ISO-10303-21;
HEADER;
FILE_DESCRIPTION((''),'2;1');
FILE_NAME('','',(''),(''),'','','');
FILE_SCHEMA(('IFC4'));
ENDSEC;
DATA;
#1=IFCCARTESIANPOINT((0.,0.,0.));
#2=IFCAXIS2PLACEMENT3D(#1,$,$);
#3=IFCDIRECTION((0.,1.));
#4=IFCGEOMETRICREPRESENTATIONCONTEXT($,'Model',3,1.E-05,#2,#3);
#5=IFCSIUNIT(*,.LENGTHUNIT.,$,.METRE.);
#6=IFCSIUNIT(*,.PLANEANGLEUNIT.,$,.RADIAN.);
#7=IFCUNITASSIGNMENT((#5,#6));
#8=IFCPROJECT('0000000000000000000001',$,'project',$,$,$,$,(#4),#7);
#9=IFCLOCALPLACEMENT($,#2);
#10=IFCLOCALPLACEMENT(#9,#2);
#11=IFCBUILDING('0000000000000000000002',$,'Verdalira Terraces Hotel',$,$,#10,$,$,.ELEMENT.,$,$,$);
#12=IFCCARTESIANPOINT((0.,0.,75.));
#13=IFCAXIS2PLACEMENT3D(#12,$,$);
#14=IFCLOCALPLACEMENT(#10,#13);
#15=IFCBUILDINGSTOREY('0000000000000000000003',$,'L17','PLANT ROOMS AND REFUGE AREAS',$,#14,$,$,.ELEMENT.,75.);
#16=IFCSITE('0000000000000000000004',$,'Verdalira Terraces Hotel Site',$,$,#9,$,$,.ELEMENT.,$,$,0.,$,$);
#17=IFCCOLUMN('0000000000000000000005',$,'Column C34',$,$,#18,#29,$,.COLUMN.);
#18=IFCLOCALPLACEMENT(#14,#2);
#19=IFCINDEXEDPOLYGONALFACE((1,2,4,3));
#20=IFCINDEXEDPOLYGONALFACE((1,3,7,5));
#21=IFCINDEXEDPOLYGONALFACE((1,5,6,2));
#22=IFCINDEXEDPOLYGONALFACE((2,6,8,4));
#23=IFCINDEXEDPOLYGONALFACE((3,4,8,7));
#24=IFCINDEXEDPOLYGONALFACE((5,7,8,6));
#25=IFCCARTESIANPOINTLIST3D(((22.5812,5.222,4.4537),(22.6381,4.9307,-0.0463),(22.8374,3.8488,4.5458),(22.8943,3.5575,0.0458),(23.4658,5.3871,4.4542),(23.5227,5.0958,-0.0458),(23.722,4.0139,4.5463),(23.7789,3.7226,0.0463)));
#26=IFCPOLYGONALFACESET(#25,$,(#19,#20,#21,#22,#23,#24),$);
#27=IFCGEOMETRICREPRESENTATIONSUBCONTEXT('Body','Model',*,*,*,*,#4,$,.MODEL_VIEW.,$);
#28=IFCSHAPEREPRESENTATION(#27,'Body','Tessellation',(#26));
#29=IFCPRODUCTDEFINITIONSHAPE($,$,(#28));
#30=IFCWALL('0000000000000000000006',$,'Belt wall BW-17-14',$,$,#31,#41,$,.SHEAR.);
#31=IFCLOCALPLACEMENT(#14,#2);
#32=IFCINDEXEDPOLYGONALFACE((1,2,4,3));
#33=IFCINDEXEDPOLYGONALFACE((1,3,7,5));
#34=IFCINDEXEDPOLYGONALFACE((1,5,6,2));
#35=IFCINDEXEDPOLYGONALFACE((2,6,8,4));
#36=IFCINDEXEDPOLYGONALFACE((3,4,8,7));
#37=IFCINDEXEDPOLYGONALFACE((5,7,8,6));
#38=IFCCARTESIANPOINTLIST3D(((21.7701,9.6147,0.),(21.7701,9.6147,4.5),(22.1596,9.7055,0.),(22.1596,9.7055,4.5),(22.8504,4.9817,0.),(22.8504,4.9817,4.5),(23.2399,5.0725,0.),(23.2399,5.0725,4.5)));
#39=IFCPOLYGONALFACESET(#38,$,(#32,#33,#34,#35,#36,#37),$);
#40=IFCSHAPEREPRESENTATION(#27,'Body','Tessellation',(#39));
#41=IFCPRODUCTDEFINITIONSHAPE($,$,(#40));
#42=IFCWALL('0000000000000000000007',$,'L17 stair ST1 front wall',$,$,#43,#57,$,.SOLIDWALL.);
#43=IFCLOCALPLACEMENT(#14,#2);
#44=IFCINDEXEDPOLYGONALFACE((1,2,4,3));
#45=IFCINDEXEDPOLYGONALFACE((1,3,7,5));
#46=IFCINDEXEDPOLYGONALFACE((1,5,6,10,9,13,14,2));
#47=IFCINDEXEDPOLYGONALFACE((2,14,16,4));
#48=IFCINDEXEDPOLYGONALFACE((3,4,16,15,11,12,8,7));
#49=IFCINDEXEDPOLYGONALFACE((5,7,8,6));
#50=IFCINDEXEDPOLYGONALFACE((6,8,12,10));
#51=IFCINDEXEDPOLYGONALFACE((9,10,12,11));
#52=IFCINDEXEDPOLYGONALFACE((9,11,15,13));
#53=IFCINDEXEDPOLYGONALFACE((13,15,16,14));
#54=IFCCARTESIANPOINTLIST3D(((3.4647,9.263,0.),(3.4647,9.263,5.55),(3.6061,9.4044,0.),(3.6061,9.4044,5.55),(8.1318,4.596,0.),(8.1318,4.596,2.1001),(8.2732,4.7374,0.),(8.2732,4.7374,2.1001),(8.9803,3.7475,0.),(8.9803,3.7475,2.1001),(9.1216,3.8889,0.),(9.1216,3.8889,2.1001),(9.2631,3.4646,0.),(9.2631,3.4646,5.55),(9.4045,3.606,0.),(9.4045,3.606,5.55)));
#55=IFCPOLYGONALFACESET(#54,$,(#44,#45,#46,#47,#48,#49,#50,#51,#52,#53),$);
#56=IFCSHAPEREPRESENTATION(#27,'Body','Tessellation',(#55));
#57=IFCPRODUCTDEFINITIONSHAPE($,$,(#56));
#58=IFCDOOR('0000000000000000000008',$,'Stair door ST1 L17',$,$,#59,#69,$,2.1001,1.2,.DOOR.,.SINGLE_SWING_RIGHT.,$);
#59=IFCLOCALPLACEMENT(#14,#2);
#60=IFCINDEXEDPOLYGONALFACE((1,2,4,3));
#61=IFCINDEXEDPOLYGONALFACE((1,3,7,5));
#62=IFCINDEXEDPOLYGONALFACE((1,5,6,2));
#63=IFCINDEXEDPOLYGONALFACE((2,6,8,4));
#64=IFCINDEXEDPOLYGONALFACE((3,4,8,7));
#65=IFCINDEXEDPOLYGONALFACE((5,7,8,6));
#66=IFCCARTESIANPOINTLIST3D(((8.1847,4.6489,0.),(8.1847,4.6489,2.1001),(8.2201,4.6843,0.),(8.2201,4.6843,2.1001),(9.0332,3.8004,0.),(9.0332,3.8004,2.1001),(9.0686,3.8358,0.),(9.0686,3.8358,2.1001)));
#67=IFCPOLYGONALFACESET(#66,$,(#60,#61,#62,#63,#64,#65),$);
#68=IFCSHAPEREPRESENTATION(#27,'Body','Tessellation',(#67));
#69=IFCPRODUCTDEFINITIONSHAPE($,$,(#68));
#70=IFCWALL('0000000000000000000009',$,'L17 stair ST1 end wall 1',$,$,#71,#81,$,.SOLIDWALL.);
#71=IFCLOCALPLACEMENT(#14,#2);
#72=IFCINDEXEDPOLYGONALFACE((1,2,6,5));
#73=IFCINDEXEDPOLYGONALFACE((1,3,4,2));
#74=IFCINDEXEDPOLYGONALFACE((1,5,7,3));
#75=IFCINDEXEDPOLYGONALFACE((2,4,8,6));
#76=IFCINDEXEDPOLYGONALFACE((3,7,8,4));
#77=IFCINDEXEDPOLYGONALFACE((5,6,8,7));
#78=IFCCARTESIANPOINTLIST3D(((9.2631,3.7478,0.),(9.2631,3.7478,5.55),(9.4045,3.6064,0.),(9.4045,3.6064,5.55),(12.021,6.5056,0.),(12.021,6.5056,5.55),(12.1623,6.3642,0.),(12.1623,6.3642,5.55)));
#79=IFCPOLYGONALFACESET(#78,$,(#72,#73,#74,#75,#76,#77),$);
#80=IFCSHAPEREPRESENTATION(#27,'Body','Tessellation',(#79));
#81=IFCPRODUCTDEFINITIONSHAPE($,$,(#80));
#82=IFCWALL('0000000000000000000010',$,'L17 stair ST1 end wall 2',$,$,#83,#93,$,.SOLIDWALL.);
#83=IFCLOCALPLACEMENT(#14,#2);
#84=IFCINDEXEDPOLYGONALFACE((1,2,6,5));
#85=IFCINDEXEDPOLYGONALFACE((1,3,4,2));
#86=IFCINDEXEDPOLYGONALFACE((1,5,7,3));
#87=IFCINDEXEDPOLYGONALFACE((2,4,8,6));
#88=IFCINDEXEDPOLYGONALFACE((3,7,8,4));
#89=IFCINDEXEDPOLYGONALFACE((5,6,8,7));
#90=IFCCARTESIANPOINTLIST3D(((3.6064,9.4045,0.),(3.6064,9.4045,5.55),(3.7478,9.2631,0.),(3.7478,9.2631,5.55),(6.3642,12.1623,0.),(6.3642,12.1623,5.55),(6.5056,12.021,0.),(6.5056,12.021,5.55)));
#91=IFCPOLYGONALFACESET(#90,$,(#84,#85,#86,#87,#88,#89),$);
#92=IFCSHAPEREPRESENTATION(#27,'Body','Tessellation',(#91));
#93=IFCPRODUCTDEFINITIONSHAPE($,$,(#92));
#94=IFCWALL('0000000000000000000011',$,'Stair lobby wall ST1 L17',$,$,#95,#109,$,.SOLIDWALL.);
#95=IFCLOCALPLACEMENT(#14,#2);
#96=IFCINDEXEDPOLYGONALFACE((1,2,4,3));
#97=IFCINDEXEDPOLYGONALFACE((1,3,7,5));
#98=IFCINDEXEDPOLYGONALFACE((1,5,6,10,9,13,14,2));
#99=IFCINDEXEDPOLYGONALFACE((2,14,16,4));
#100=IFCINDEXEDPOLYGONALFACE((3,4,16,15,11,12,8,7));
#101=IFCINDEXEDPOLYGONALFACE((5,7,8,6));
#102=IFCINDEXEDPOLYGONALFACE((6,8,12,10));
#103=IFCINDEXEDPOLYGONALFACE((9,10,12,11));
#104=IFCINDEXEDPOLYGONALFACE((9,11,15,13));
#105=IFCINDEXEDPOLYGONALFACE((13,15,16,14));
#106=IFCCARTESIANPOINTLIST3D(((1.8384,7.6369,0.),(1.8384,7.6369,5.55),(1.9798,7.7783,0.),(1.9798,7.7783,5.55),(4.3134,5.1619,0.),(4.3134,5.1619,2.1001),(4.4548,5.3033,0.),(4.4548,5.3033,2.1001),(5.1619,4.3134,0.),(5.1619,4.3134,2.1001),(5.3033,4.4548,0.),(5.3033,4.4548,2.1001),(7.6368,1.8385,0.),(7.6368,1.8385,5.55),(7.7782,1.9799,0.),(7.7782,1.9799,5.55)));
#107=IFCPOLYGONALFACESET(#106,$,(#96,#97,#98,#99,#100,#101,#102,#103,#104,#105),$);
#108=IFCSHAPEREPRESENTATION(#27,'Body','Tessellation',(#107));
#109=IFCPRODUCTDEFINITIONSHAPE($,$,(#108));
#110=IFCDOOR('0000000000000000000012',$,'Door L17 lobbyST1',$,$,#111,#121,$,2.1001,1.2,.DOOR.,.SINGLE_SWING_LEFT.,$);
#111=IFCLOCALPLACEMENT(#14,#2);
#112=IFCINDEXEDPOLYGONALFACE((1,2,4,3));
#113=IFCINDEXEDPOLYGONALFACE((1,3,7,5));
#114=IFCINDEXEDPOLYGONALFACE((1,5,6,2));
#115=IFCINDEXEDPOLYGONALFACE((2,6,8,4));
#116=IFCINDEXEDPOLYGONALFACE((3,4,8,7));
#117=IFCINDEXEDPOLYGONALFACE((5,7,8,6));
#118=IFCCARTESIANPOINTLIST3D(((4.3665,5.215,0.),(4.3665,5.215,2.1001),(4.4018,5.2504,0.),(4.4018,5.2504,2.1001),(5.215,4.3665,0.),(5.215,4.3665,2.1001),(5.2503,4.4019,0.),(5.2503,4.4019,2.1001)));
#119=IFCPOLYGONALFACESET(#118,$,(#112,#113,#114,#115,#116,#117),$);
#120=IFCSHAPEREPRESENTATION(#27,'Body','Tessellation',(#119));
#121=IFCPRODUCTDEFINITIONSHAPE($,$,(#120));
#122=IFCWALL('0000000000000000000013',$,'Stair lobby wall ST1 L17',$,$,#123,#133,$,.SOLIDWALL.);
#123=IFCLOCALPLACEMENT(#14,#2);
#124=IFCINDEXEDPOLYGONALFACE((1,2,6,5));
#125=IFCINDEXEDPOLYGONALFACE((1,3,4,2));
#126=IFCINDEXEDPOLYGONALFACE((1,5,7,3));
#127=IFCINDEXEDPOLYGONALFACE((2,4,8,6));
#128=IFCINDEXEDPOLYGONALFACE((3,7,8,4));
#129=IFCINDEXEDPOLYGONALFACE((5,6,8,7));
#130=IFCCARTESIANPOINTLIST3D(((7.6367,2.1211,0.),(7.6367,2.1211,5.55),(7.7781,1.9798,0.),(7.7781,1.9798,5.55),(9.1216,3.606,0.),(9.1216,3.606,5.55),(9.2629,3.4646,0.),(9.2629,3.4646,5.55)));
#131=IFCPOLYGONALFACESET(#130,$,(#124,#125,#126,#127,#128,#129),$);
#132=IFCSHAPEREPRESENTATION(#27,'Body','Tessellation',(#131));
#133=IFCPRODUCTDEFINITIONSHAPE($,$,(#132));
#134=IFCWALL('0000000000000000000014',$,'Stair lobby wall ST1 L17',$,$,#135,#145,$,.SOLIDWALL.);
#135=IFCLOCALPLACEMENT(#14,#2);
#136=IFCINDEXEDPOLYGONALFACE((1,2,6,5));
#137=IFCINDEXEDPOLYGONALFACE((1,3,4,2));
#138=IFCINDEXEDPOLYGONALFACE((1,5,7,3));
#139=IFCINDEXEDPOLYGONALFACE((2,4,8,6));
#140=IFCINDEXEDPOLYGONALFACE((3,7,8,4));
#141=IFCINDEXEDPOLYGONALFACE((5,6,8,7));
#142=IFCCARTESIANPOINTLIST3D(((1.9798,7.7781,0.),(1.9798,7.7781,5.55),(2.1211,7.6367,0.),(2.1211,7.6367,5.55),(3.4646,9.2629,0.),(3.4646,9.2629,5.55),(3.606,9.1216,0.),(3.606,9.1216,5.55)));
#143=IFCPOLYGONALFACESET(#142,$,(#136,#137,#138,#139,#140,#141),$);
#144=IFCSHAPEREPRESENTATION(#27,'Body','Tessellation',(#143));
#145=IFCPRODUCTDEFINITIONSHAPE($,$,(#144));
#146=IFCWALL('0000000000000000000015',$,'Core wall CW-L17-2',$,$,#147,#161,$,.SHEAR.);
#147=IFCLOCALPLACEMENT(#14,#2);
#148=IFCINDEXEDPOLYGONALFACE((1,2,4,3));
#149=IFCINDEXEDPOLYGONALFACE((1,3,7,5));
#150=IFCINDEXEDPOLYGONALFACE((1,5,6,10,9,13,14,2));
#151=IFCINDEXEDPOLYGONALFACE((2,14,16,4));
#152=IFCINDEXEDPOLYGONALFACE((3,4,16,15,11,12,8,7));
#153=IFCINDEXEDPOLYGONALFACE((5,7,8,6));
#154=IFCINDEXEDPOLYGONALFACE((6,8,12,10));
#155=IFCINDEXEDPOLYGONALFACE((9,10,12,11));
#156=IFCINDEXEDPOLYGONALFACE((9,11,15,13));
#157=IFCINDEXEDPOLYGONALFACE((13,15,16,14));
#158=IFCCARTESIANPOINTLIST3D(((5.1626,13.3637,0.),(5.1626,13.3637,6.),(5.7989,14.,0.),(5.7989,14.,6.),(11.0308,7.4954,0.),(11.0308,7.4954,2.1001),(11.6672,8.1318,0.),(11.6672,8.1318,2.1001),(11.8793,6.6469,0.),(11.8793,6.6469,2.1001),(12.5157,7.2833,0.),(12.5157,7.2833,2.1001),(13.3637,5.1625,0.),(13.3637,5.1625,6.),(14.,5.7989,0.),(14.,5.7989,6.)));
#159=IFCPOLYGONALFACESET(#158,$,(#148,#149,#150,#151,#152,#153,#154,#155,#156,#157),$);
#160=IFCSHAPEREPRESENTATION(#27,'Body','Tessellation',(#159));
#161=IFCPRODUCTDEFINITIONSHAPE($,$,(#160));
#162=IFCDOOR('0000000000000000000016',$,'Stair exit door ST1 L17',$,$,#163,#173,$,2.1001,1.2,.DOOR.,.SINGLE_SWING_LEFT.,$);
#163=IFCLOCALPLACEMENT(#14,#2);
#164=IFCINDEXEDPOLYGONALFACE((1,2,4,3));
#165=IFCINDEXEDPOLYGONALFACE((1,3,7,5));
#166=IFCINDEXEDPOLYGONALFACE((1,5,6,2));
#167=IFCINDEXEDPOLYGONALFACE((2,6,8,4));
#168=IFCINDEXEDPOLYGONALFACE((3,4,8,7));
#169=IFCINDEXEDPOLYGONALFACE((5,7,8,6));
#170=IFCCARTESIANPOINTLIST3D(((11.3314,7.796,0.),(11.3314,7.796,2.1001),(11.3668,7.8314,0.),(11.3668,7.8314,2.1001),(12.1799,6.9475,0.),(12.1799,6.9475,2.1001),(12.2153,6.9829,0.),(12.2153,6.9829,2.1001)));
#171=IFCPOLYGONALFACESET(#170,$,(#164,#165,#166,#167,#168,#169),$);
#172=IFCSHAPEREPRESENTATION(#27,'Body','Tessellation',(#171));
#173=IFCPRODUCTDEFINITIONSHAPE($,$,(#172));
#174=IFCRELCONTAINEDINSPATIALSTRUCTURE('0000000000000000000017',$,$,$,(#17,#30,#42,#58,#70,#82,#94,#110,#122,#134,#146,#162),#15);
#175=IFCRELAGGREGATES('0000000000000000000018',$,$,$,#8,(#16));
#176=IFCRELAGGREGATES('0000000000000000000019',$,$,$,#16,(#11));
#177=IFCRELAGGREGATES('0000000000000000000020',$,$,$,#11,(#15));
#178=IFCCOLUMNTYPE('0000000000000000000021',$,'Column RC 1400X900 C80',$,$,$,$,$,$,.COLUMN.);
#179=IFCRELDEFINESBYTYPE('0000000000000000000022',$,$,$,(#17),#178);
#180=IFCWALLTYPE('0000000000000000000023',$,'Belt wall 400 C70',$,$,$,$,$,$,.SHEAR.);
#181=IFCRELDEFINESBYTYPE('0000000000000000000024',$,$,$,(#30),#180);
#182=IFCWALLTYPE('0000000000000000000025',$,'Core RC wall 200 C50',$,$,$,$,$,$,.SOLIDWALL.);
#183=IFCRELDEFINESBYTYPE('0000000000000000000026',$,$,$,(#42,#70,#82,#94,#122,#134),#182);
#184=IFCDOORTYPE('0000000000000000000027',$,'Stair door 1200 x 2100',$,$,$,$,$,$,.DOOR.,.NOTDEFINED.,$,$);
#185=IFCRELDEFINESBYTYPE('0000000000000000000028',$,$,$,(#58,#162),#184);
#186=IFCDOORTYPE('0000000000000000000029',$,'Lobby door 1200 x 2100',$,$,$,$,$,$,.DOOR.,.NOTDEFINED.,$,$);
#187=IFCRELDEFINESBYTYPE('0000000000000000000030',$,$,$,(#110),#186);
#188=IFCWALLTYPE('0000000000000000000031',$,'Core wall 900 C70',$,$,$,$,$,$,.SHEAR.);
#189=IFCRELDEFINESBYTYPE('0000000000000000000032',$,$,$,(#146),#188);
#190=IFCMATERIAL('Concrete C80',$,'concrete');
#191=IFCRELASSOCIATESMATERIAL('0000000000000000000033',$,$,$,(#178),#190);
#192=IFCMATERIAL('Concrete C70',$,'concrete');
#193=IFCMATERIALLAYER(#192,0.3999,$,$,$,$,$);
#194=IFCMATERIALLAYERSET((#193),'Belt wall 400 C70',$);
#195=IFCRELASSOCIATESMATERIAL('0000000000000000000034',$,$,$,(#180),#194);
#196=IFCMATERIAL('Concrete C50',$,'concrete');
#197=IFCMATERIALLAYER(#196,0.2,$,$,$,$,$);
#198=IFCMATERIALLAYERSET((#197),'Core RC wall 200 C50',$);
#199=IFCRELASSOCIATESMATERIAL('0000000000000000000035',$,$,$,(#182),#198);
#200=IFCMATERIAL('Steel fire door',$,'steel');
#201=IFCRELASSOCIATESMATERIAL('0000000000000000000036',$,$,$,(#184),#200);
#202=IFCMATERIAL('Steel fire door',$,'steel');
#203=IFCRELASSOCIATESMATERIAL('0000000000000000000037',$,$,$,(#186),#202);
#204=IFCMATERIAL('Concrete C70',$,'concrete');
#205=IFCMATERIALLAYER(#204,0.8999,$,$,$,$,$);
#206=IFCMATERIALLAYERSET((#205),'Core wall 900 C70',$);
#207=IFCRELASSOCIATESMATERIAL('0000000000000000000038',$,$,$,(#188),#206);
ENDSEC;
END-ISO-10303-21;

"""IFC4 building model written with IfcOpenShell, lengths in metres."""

from ifc_helpers import new_model, si_unit, direction, frame, frame_2d, origin, origin_2d, place, context, subcontext, project, spatial, rectangle, extrude, material, layer, layer_set, material_profile, profile_set, type_object, element, fill, save


model = new_model("IFC4")

# Units and contexts
model_context = context("Model", 3, precision=1e-05, world=origin(), true_north=direction((0.0, 1.0)))
body_context = subcontext(model_context, "Body", "Model", "MODEL_VIEW")
ifc_project = project(units=[si_unit("LENGTHUNIT", "METRE"), si_unit("PLANEANGLEUNIT", "RADIAN")], contexts=[model_context])

# Site, building, storey
site_placement = place(None, origin())
site = spatial("IfcSite", under=ifc_project, at=site_placement, Name="Verdalira Terraces Hotel Site", CompositionType="ELEMENT", RefElevation=0.0)
building_placement = place(site_placement, origin())
building = spatial("IfcBuilding", under=site, at=building_placement, Name="Verdalira Terraces Hotel", CompositionType="ELEMENT")
storey_placement = place(building_placement, frame((0.0, 0.0, 75.0)))
storey = spatial("IfcBuildingStorey", under=building, at=storey_placement, Name="L17", Description="PLANT ROOMS AND REFUGE AREAS", CompositionType="ELEMENT", Elevation=75.0)

# Column
ifc_material_1 = material(Name="Concrete C80", Category="concrete")
ifc_material_profile_1 = material_profile(ifc_material_1, rectangle(XDim=1.3999, YDim=0.8999, at=origin_2d()), Name="RC 1400X900")
ifc_profile_set_1 = profile_set([ifc_material_profile_1], Name="Concrete C80")
column_type = type_object("IfcColumnType", Name="Column RC 1400X900 C80", PredefinedType="COLUMN", material=ifc_profile_set_1)
column_placement = place(storey_placement, frame((23.2085, 4.3267, 0.0), z_axis=(-0.012614, 0.064584, 0.997833), x_axis=(-0.183023, 0.980904, -0.065802)))
element("IfcColumn", 1, at=column_placement, inside=storey, type_object=column_type, Name="Column C34", PredefinedType="COLUMN", context=body_context, shape_type="SweptSolid", body=[
    extrude(rectangle(XDim=1.3999, YDim=0.8999, at=origin_2d()), origin(), (0.0, 0.0, 1.0), 4.5098),
])

# Wall
ifc_material_2 = material(Name="Concrete C70", Category="concrete")
ifc_layer_1 = layer(ifc_material_2, 0.3999)
ifc_layer_set_1 = layer_set([ifc_layer_1], Name="Belt wall 400 C70")
wall_type_1 = type_object("IfcWallType", Name="Belt wall 400 C70", PredefinedType="SHEAR", material=ifc_layer_set_1)
wall_1_placement = place(storey_placement, frame((23.0452, 5.0271, 0.0), z_axis=(0.0, 0.0, 1.0), x_axis=(-0.227085, 0.973875, 0.0)))
element("IfcWall", 2, at=wall_1_placement, inside=storey, type_object=wall_type_1, Name="Belt wall BW-17-14", PredefinedType="SHEAR", context=body_context, shape_type="SweptSolid", body=[
    extrude(rectangle(XDim=4.7573, YDim=0.3999, at=frame_2d((2.3787, 0.0))), origin(), (0.0, 0.0, 1.0), 4.5),
])

# Wall, opening, door
ifc_material_3 = material(Name="Concrete C50", Category="concrete")
ifc_layer_2 = layer(ifc_material_3, 0.2)
ifc_layer_set_2 = layer_set([ifc_layer_2], Name="Core RC wall 200 C50")
wall_type_2 = type_object("IfcWallType", Name="Core RC wall 200 C50", PredefinedType="SOLIDWALL", material=ifc_layer_set_2)
wall_2_placement = place(storey_placement, frame((3.5354, 9.3337, 0.0), z_axis=(0.0, 0.0, 1.0), x_axis=(0.707107, -0.707107, 0.0)))
wall_2 = element("IfcWall", 3, at=wall_2_placement, inside=storey, type_object=wall_type_2, Name="L17 stair ST1 front wall", PredefinedType="SOLIDWALL", context=body_context, shape_type="SweptSolid", body=[
    extrude(rectangle(XDim=8.2002, YDim=0.2, at=frame_2d((4.1001, 0.0))), origin(), (0.0, 0.0, 1.0), 5.55),
])
opening_1_placement = place(wall_2_placement, frame((6.6001, 0.0, 0.0)))
opening_1 = element("IfcOpeningElement", 4, at=opening_1_placement, cuts=wall_2, PredefinedType="OPENING", context=body_context, shape_type="SweptSolid", body=[
    extrude(rectangle(XDim=1.2, YDim=2.1001, at=frame_2d((0.6001, 1.05))), frame((0.0, 0.1099, 0.0), z_axis=(0.0, -1.0, 0.0), x_axis=(1.0, 0.0, 0.0)), (0.0, 0.0, 1.0), 0.22),
])
ifc_material_4 = material(Name="Steel fire door", Category="steel")
door_type_1 = type_object("IfcDoorType", Name="Stair door 1200 x 2100", OperationType="NOTDEFINED", PredefinedType="DOOR", material=ifc_material_4)
door_1_placement = place(opening_1_placement, origin())
door_1 = element("IfcDoor", 5, at=door_1_placement, inside=storey, type_object=door_type_1, Name="Stair door ST1 L17", OperationType="SINGLE_SWING_RIGHT", OverallHeight=2.1001, OverallWidth=1.2, PredefinedType="DOOR", context=body_context, shape_type="SweptSolid", body=[
    extrude(rectangle(XDim=1.2, YDim=2.1001, at=frame_2d((0.6001, 1.05))), frame((0.0, 0.0249, 0.0), z_axis=(0.0, -1.0, 0.0), x_axis=(1.0, 0.0, 0.0)), (0.0, 0.0, 1.0), 0.05),
])
fill(opening_1, door_1)

# Walls
for number, where, z_axis, x_axis, name in (
    (6, (9.3337, 3.677, 0.0), (0.0, 0.0, 1.0), (0.707107, 0.707107, 0.0), "L17 stair ST1 end wall 1"),
    (7, (3.677, 9.3337, 0.0), (0.0, 0.0, 1.0), (0.707107, 0.707107, 0.0), "L17 stair ST1 end wall 2"),
):
    element("IfcWall", number, at=place(storey_placement, frame(where, z_axis=z_axis, x_axis=x_axis)), inside=storey, type_object=wall_type_2, Name=name, PredefinedType="SOLIDWALL", context=body_context, shape_type="SweptSolid", body=[
        extrude(rectangle(XDim=3.9001, YDim=0.2, at=frame_2d((1.9502, 0.0))), origin(), (0.0, 0.0, 1.0), 5.55),
    ])

# Wall, opening, door
wall_3_placement = place(storey_placement, frame((7.7075, 1.9092, 0.0), z_axis=(0.0, 0.0, 1.0), x_axis=(-0.707107, 0.707107, 0.0)))
wall_3 = element("IfcWall", 8, at=wall_3_placement, inside=storey, type_object=wall_type_2, Name="Stair lobby wall ST1 L17", PredefinedType="SOLIDWALL", context=body_context, shape_type="SweptSolid", body=[
    extrude(rectangle(XDim=8.2002, YDim=0.2, at=frame_2d((4.1001, 0.0))), origin(), (0.0, 0.0, 1.0), 5.55),
])
opening_2_placement = place(wall_3_placement, frame((3.5, 0.0, 0.0)))
opening_2 = element("IfcOpeningElement", 9, at=opening_2_placement, cuts=wall_3, PredefinedType="OPENING", context=body_context, shape_type="SweptSolid", body=[
    extrude(rectangle(XDim=1.2, YDim=2.1001, at=frame_2d((0.6001, 1.05))), frame((0.0, 0.1099, 0.0), z_axis=(0.0, -1.0, 0.0), x_axis=(1.0, 0.0, 0.0)), (0.0, 0.0, 1.0), 0.22),
])
ifc_material_5 = material(Name="Steel fire door", Category="steel")
door_type_2 = type_object("IfcDoorType", Name="Lobby door 1200 x 2100", OperationType="NOTDEFINED", PredefinedType="DOOR", material=ifc_material_5)
door_2_placement = place(opening_2_placement, origin())
door_2 = element("IfcDoor", 10, at=door_2_placement, inside=storey, type_object=door_type_2, Name="Door L17 lobbyST1", OperationType="SINGLE_SWING_LEFT", OverallHeight=2.1001, OverallWidth=1.2, PredefinedType="DOOR", context=body_context, shape_type="SweptSolid", body=[
    extrude(rectangle(XDim=1.2, YDim=2.1001, at=frame_2d((0.6001, 1.05))), frame((0.0, 0.0249, 0.0), z_axis=(0.0, -1.0, 0.0), x_axis=(1.0, 0.0, 0.0)), (0.0, 0.0, 1.0), 0.05),
])
fill(opening_2, door_2)

# Walls
for number, where, z_axis, x_axis, name in (
    (11, (7.7075, 2.0505, 0.0), (0.0, 0.0, 1.0), (0.707107, 0.707107, 0.0), "Stair lobby wall ST1 L17"),
    (12, (2.0505, 7.7075, 0.0), (0.0, 0.0, 1.0), (0.707107, 0.707107, 0.0), "Stair lobby wall ST1 L17"),
):
    element("IfcWall", number, at=place(storey_placement, frame(where, z_axis=z_axis, x_axis=x_axis)), inside=storey, type_object=wall_type_2, Name=name, PredefinedType="SOLIDWALL", context=body_context, shape_type="SweptSolid", body=[
        extrude(rectangle(XDim=2.0999, YDim=0.2, at=frame_2d((1.0498, 0.0))), origin(), (0.0, 0.0, 1.0), 5.55),
    ])

# Wall, opening, door
ifc_material_6 = material(Name="Concrete C70", Category="concrete")
ifc_layer_3 = layer(ifc_material_6, 0.8999)
ifc_layer_set_3 = layer_set([ifc_layer_3], Name="Core wall 900 C70")
wall_type_3 = type_object("IfcWallType", Name="Core wall 900 C70", PredefinedType="SHEAR", material=ifc_layer_set_3)
wall_4_placement = place(storey_placement, frame((13.6819, 5.4807, 0.0), z_axis=(0.0, 0.0, 1.0), x_axis=(-0.707107, 0.707107, 0.0)))
wall_4 = element("IfcWall", 13, at=wall_4_placement, inside=storey, type_object=wall_type_3, Name="Core wall CW-L17-2", PredefinedType="SHEAR", context=body_context, shape_type="SweptSolid", body=[
    extrude(rectangle(XDim=11.5981, YDim=0.8999, at=frame_2d((5.7991, 0.0))), origin(), (0.0, 0.0, 1.0), 6.0),
])
opening_3_placement = place(wall_4_placement, frame((2.0991, 0.0, 0.0)))
opening_3 = element("IfcOpeningElement", 14, at=opening_3_placement, cuts=wall_4, PredefinedType="OPENING", context=body_context, shape_type="SweptSolid", body=[
    extrude(rectangle(XDim=1.2, YDim=2.1001, at=frame_2d((0.6001, 1.05))), frame((0.0, 0.46, 0.0), z_axis=(0.0, -1.0, 0.0), x_axis=(1.0, 0.0, 0.0)), (0.0, 0.0, 1.0), 0.9199),
])
door_3_placement = place(opening_3_placement, origin())
door_3 = element("IfcDoor", 15, at=door_3_placement, inside=storey, type_object=door_type_1, Name="Stair exit door ST1 L17", OperationType="SINGLE_SWING_LEFT", OverallHeight=2.1001, OverallWidth=1.2, PredefinedType="DOOR", context=body_context, shape_type="SweptSolid", body=[
    extrude(rectangle(XDim=1.2, YDim=2.1001, at=frame_2d((0.6001, 1.05))), frame((0.0, 0.0249, 0.0), z_axis=(0.0, -1.0, 0.0), x_axis=(1.0, 0.0, 0.0)), (0.0, 0.0, 1.0), 0.05),
])
fill(opening_3, door_3)

save(model, "model.ifc")
